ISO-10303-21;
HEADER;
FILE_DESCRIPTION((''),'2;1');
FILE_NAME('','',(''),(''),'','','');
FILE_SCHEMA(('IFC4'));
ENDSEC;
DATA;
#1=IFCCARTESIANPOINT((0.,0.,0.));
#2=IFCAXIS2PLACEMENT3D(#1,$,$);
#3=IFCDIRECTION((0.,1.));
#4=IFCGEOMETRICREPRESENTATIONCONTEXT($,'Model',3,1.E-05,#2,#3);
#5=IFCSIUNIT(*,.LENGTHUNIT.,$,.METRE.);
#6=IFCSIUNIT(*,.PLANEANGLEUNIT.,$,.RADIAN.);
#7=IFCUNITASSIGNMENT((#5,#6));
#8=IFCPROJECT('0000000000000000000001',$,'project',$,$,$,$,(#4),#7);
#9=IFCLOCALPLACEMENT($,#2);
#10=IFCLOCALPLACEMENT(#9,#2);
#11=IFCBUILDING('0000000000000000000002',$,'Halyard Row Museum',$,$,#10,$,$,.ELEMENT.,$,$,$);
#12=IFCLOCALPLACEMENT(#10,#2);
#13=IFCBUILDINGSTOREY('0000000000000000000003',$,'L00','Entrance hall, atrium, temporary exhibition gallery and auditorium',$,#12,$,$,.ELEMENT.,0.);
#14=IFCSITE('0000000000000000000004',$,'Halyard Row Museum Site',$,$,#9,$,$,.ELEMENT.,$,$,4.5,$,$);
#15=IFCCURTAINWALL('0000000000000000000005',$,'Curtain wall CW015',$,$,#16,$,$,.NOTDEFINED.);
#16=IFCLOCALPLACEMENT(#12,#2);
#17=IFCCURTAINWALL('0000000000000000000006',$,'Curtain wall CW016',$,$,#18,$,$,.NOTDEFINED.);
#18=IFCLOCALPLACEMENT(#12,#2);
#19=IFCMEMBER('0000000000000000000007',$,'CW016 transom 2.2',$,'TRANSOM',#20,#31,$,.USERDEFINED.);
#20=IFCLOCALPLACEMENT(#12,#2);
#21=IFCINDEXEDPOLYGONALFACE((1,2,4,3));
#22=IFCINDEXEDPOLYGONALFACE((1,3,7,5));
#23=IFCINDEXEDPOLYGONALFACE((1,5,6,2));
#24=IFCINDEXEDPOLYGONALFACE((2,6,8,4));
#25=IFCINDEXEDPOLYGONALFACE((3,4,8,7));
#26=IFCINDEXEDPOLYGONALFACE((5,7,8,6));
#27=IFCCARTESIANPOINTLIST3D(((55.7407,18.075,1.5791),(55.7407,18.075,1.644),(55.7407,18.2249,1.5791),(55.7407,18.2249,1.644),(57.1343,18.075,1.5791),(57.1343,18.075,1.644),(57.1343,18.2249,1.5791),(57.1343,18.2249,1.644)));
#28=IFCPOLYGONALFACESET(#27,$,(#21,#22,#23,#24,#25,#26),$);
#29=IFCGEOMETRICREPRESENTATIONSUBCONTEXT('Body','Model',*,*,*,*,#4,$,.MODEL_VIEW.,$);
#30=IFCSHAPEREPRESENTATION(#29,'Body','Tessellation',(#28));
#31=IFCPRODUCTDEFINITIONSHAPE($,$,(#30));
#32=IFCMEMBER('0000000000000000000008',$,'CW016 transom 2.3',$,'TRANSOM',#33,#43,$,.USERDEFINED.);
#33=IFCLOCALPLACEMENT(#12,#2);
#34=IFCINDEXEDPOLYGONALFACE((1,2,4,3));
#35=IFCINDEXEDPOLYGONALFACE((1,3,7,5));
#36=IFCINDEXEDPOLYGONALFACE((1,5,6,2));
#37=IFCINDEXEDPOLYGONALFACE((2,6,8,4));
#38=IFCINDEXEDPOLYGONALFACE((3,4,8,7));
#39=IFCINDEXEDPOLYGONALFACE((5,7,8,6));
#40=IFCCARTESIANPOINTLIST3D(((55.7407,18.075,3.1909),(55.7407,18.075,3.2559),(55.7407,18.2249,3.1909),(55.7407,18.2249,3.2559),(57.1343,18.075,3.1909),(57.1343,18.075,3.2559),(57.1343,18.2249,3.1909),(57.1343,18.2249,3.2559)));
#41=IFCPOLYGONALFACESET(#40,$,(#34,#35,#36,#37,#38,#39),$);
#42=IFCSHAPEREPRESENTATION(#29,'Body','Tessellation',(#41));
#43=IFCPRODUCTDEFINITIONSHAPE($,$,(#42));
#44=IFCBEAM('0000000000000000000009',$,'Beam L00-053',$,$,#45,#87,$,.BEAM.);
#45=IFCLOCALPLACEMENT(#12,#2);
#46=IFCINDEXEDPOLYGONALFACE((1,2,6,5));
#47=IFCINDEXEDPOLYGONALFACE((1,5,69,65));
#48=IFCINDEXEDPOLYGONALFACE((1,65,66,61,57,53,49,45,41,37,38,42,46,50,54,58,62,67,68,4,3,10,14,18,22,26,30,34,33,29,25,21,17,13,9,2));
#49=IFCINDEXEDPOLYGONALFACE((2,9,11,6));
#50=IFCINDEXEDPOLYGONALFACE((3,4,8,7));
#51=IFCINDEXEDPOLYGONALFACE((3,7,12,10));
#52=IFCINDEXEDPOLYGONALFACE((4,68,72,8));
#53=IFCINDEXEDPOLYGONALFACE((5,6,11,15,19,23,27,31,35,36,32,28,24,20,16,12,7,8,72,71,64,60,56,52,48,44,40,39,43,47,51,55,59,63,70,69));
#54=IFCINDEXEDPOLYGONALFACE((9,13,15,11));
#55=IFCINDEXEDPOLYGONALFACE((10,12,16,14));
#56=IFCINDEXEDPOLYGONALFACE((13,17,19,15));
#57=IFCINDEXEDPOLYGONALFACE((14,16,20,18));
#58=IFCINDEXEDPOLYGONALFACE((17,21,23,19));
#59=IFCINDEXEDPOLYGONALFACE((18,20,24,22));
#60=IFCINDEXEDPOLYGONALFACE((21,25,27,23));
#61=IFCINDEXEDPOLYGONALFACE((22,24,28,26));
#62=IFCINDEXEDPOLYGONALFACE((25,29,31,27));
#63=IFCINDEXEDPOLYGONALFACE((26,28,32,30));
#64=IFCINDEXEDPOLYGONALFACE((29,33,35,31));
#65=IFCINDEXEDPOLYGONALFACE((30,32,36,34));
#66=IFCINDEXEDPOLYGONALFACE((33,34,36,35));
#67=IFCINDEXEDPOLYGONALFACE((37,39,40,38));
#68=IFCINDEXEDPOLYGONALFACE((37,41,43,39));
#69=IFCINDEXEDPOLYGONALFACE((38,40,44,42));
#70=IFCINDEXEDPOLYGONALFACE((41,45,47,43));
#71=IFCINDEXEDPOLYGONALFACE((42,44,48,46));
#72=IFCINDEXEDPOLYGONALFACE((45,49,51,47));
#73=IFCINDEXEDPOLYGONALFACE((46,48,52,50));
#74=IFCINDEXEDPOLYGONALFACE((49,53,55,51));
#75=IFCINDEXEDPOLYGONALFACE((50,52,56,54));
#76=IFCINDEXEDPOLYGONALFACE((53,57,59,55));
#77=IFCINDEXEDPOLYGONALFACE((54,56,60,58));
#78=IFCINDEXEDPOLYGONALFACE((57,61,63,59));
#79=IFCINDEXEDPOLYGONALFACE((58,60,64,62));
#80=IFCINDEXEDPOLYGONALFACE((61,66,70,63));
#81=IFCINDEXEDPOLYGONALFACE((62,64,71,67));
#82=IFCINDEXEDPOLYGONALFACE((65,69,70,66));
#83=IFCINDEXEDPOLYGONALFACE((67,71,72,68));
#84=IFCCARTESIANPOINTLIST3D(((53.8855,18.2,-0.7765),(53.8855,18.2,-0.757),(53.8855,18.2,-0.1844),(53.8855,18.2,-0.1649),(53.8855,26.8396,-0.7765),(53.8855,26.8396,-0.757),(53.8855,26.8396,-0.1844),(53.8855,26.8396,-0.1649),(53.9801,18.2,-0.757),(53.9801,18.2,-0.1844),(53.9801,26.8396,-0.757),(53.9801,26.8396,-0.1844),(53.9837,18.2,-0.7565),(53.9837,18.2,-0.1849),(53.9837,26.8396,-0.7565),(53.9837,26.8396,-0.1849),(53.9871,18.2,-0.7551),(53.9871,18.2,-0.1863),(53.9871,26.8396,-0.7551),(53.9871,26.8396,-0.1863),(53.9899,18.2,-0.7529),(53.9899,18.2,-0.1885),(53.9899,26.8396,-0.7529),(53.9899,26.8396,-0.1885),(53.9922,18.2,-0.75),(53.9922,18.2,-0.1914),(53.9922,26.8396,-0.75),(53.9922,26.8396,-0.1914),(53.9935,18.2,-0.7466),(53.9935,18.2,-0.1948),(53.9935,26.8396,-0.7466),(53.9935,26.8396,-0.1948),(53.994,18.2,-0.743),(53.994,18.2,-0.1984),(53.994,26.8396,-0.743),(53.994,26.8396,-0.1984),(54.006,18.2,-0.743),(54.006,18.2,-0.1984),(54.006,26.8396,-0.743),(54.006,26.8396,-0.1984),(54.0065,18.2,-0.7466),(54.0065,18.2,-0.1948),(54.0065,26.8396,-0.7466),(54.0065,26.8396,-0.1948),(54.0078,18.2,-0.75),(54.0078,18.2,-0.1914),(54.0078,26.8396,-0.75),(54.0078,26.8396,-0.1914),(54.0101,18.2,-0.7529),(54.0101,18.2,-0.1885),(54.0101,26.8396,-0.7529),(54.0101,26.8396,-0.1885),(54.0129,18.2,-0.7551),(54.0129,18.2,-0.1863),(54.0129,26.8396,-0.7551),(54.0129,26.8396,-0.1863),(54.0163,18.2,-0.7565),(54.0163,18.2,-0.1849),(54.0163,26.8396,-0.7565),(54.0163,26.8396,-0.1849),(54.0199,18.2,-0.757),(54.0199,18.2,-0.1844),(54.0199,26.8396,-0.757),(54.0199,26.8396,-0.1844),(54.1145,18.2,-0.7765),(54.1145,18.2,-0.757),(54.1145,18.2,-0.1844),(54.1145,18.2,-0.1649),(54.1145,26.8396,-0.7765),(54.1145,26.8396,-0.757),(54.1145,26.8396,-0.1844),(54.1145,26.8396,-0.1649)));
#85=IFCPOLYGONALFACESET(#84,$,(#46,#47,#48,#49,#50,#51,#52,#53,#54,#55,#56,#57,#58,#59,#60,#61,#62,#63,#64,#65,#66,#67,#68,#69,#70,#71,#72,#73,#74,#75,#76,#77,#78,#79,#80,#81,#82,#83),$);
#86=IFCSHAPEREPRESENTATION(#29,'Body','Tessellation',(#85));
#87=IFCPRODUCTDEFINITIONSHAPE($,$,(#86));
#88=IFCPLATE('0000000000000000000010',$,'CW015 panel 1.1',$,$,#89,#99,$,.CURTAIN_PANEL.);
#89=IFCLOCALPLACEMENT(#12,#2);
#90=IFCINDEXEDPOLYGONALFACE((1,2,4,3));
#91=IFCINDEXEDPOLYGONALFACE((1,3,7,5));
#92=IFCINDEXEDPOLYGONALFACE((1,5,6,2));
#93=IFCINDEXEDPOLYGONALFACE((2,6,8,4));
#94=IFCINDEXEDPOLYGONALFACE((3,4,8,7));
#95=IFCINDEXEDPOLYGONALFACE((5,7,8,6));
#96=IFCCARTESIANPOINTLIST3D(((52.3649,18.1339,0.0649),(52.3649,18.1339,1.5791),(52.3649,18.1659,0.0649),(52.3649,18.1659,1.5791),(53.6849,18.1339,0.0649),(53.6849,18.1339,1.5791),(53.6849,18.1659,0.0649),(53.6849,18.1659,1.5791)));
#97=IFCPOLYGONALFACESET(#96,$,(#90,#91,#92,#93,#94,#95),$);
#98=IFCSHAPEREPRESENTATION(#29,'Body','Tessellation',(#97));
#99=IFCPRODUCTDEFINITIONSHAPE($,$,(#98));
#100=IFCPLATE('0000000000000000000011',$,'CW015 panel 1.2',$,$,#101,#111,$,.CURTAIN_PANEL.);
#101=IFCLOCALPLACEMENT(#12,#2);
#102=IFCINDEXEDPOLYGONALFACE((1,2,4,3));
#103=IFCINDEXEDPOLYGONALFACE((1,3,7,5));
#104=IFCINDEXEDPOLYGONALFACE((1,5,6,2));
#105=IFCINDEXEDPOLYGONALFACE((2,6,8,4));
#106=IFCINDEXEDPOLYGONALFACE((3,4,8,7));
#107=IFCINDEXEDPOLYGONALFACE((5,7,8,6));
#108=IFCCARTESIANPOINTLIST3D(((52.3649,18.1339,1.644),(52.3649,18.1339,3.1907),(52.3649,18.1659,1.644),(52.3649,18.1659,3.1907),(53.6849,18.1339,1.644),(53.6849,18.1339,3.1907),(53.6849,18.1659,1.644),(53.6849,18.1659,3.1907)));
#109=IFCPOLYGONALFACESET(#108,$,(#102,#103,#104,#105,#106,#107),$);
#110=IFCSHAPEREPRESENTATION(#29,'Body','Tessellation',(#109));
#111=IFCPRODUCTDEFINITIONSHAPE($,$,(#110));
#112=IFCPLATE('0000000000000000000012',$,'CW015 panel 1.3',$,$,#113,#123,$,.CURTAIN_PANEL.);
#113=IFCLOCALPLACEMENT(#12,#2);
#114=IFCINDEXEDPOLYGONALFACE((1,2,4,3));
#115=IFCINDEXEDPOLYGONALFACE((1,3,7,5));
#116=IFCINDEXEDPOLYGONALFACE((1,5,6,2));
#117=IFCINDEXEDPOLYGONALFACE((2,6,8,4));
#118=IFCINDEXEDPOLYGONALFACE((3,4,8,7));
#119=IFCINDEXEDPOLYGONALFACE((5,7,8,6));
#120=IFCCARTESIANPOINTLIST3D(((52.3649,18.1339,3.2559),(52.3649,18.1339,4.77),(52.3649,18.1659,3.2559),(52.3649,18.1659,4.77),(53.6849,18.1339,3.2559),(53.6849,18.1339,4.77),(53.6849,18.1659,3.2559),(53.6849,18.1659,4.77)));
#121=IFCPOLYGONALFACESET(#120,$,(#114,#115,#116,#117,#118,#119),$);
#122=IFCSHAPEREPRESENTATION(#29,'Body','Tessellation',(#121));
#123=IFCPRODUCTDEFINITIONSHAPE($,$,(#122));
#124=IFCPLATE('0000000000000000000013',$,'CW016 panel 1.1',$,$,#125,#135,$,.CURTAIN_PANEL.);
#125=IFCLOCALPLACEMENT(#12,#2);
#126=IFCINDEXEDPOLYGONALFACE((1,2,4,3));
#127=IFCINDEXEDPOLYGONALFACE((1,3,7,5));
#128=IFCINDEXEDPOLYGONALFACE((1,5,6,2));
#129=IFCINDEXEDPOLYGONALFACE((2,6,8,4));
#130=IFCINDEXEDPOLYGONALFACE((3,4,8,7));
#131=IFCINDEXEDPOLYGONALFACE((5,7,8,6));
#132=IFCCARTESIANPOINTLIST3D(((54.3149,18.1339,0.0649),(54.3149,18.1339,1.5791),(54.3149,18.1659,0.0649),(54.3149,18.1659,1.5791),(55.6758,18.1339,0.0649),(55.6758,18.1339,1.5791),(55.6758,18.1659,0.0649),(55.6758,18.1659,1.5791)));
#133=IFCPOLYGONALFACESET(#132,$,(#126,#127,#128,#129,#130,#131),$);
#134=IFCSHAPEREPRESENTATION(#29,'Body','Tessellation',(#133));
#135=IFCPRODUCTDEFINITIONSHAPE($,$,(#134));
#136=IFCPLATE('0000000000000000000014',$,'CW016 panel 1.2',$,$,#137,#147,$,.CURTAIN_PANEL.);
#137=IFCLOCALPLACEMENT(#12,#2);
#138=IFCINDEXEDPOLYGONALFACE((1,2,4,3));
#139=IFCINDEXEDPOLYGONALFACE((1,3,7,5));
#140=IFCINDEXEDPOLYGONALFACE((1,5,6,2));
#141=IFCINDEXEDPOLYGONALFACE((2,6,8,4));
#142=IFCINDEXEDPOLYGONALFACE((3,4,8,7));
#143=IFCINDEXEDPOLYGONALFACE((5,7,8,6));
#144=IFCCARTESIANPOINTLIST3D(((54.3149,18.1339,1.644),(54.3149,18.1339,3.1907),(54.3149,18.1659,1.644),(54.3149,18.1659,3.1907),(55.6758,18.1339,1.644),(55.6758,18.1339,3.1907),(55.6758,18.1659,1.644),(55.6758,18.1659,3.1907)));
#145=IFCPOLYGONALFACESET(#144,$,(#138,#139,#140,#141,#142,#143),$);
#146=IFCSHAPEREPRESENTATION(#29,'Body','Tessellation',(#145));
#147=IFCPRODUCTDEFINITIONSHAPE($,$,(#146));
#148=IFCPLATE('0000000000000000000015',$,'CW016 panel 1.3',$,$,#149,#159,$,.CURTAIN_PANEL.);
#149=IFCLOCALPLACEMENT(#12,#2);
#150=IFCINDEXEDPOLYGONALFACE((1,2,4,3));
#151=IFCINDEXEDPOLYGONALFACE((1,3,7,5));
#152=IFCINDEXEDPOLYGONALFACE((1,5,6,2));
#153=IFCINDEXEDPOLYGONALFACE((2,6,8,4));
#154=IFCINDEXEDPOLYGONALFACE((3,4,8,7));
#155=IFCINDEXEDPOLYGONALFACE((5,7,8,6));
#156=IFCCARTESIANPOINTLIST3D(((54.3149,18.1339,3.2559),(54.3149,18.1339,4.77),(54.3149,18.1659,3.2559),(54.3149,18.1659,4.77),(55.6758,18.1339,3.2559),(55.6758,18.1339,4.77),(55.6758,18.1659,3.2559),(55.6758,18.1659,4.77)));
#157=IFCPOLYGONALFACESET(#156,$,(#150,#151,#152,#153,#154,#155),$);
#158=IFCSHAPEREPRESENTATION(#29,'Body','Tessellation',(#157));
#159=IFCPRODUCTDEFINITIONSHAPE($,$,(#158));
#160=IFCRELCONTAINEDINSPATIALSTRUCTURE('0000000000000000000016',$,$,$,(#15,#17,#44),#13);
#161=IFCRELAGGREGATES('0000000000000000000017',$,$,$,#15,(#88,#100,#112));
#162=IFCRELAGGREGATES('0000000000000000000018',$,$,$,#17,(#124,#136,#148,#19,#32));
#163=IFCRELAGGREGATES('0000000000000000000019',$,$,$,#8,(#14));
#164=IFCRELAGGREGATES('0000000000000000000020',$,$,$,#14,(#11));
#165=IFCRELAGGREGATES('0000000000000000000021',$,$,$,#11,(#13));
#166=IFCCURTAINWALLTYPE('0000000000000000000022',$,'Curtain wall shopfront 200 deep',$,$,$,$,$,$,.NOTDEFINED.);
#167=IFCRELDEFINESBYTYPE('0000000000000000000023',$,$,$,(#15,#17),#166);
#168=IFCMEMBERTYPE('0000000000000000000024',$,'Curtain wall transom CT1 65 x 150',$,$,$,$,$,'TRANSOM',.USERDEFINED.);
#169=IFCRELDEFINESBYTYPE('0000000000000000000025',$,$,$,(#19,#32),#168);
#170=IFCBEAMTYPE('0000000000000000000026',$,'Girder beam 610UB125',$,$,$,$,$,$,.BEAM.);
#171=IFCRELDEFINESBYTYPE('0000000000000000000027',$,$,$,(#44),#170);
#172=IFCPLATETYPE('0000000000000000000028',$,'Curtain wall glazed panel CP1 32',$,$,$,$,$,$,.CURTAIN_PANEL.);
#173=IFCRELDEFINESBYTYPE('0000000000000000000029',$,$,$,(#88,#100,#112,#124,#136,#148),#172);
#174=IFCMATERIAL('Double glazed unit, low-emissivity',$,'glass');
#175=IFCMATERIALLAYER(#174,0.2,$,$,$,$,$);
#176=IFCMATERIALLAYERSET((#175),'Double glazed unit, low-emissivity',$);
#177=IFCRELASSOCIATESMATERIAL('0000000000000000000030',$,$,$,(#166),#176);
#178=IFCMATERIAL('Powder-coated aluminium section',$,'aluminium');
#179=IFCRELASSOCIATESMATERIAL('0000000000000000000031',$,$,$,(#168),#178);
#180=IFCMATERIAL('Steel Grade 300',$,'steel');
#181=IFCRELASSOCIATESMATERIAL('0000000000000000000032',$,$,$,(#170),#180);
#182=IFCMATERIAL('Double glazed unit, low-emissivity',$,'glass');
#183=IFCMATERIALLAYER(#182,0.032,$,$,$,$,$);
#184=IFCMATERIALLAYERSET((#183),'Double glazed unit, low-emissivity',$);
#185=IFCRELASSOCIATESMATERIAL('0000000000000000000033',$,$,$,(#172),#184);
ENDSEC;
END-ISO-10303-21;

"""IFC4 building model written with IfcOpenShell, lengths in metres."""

from ifc_helpers import new_model, si_unit, direction, frame, origin, origin_2d, place, context, subcontext, project, spatial, rectangle, i_section, extrude, material, layer, layer_set, material_profile, profile_set, type_object, element, aggregate, save


model = new_model("IFC4")

# Units and contexts
model_context = context("Model", 3, precision=1e-05, world=origin(), true_north=direction((0.0, 1.0)))
body_context = subcontext(model_context, "Body", "Model", "MODEL_VIEW")
ifc_project = project(units=[si_unit("LENGTHUNIT", "METRE"), si_unit("PLANEANGLEUNIT", "RADIAN")], contexts=[model_context])

# Site, building, storey
site_placement = place(None, origin())
site = spatial("IfcSite", under=ifc_project, at=site_placement, Name="Halyard Row Museum Site", CompositionType="ELEMENT", RefElevation=4.5)
building_placement = place(site_placement, origin())
building = spatial("IfcBuilding", under=site, at=building_placement, Name="Halyard Row Museum", CompositionType="ELEMENT")
storey_placement = place(building_placement, origin())
storey = spatial("IfcBuildingStorey", under=building, at=storey_placement, Name="L00", Description="Entrance hall, atrium, temporary exhibition gallery and auditorium", CompositionType="ELEMENT", Elevation=0.0)

# Curtain walls
ifc_material_1 = material(Name="Double glazed unit, low-emissivity", Category="glass")
ifc_layer_1 = layer(ifc_material_1, 0.2)
ifc_layer_set_1 = layer_set([ifc_layer_1], Name="Double glazed unit, low-emissivity")
curtain_wall_type = type_object("IfcCurtainWallType", Name="Curtain wall shopfront 200 deep", PredefinedType="NOTDEFINED", material=ifc_layer_set_1)
curtain_wall_1_placement = place(storey_placement, origin())
curtain_wall_1 = element("IfcCurtainWall", 1, at=curtain_wall_1_placement, inside=storey, type_object=curtain_wall_type, Name="Curtain wall CW015", PredefinedType="NOTDEFINED")
curtain_wall_2_placement = place(storey_placement, origin())
curtain_wall_2 = element("IfcCurtainWall", 2, at=curtain_wall_2_placement, inside=storey, type_object=curtain_wall_type, Name="Curtain wall CW016", PredefinedType="NOTDEFINED")

# Members
ifc_material_2 = material(Name="Powder-coated aluminium section", Category="aluminium")
ifc_material_profile_1 = material_profile(ifc_material_2, rectangle(XDim=0.1499, YDim=0.0649, at=origin_2d()), Name="150x65 transom")
ifc_profile_set_1 = profile_set([ifc_material_profile_1], Name="Powder-coated aluminium section")
member_type_1 = type_object("IfcMemberType", Name="Curtain wall transom CT1 65 x 150", ElementType="TRANSOM", PredefinedType="USERDEFINED", material=ifc_profile_set_1)
member_1_placement = place(storey_placement, frame((55.7407, 18.1499, 1.6116), z_axis=(1.0, 0.0, 0.0), x_axis=(0.0, 1.0, 0.0)))
member_1 = element("IfcMember", 3, at=member_1_placement, type_object=member_type_1, Name="CW016 transom 2.2", ObjectType="TRANSOM", PredefinedType="USERDEFINED", context=body_context, shape_type="SweptSolid", body=[
    extrude(rectangle(XDim=0.1499, YDim=0.0649, at=origin_2d()), origin(), (0.0, 0.0, 1.0), 1.3936),
])
member_2_placement = place(storey_placement, frame((55.7407, 18.1499, 3.2234), z_axis=(1.0, 0.0, 0.0), x_axis=(0.0, 1.0, 0.0)))
member_2 = element("IfcMember", 4, at=member_2_placement, type_object=member_type_1, Name="CW016 transom 2.3", ObjectType="TRANSOM", PredefinedType="USERDEFINED", context=body_context, shape_type="SweptSolid", body=[
    extrude(rectangle(XDim=0.1499, YDim=0.0649, at=origin_2d()), origin(), (0.0, 0.0, 1.0), 1.3936),
])

# Beam
ifc_material_3 = material(Name="Steel Grade 300", Category="steel")
ifc_material_profile_2 = material_profile(ifc_material_3, i_section(OverallWidth=0.229, OverallDepth=0.6116, WebThickness=0.012, FlangeThickness=0.0195, FilletRadius=0.0139, at=origin_2d()), Name="610UB125")
ifc_profile_set_2 = profile_set([ifc_material_profile_2], Name="Steel Grade 300")
beam_type = type_object("IfcBeamType", Name="Girder beam 610UB125", PredefinedType="BEAM", material=ifc_profile_set_2)
beam_placement = place(storey_placement, frame((54.0, 18.2, -0.4707), z_axis=(0.0, 1.0, 0.0), x_axis=(-1.0, 0.0, 0.0)))
element("IfcBeam", 5, at=beam_placement, inside=storey, type_object=beam_type, Name="Beam L00-053", PredefinedType="BEAM", context=body_context, shape_type="SweptSolid", body=[
    extrude(i_section(OverallWidth=0.229, OverallDepth=0.6116, WebThickness=0.012, FlangeThickness=0.0195, FilletRadius=0.0139, at=origin_2d()), origin(), (0.0, 0.0, 1.0), 8.6396),
])

# Plates
ifc_material_4 = material(Name="Double glazed unit, low-emissivity", Category="glass")
ifc_layer_2 = layer(ifc_material_4, 0.032)
ifc_layer_set_2 = layer_set([ifc_layer_2], Name="Double glazed unit, low-emissivity")
plate_type = type_object("IfcPlateType", Name="Curtain wall glazed panel CP1 32", PredefinedType="CURTAIN_PANEL", material=ifc_layer_set_2)
plate_1_placement = place(storey_placement, frame((53.0249, 18.1499, 0.0649), z_axis=(0.0, 0.0, 1.0), x_axis=(1.0, 0.0, 0.0)))
plate_1 = element("IfcPlate", 6, at=plate_1_placement, type_object=plate_type, Name="CW015 panel 1.1", PredefinedType="CURTAIN_PANEL", context=body_context, shape_type="SweptSolid", body=[
    extrude(rectangle(XDim=1.3201, YDim=0.032, at=origin_2d()), origin(), (0.0, 0.0, 1.0), 1.5142),
])
plate_2_placement = place(storey_placement, frame((53.0249, 18.1499, 1.644), z_axis=(0.0, 0.0, 1.0), x_axis=(1.0, 0.0, 0.0)))
plate_2 = element("IfcPlate", 7, at=plate_2_placement, type_object=plate_type, Name="CW015 panel 1.2", PredefinedType="CURTAIN_PANEL", context=body_context, shape_type="SweptSolid", body=[
    extrude(rectangle(XDim=1.3201, YDim=0.032, at=origin_2d()), origin(), (0.0, 0.0, 1.0), 1.5466),
])
plate_3_placement = place(storey_placement, frame((53.0249, 18.1499, 3.2559), z_axis=(0.0, 0.0, 1.0), x_axis=(1.0, 0.0, 0.0)))
plate_3 = element("IfcPlate", 8, at=plate_3_placement, type_object=plate_type, Name="CW015 panel 1.3", PredefinedType="CURTAIN_PANEL", context=body_context, shape_type="SweptSolid", body=[
    extrude(rectangle(XDim=1.3201, YDim=0.032, at=origin_2d()), origin(), (0.0, 0.0, 1.0), 1.5142),
])
aggregate(curtain_wall_1, [plate_1, plate_2, plate_3])
plate_4_placement = place(storey_placement, frame((54.9954, 18.1499, 0.0649), z_axis=(0.0, 0.0, 1.0), x_axis=(1.0, 0.0, 0.0)))
plate_4 = element("IfcPlate", 9, at=plate_4_placement, type_object=plate_type, Name="CW016 panel 1.1", PredefinedType="CURTAIN_PANEL", context=body_context, shape_type="SweptSolid", body=[
    extrude(rectangle(XDim=1.3608, YDim=0.032, at=origin_2d()), origin(), (0.0, 0.0, 1.0), 1.5142),
])
plate_5_placement = place(storey_placement, frame((54.9954, 18.1499, 1.644), z_axis=(0.0, 0.0, 1.0), x_axis=(1.0, 0.0, 0.0)))
plate_5 = element("IfcPlate", 10, at=plate_5_placement, type_object=plate_type, Name="CW016 panel 1.2", PredefinedType="CURTAIN_PANEL", context=body_context, shape_type="SweptSolid", body=[
    extrude(rectangle(XDim=1.3608, YDim=0.032, at=origin_2d()), origin(), (0.0, 0.0, 1.0), 1.5466),
])
plate_6_placement = place(storey_placement, frame((54.9954, 18.1499, 3.2559), z_axis=(0.0, 0.0, 1.0), x_axis=(1.0, 0.0, 0.0)))
plate_6 = element("IfcPlate", 11, at=plate_6_placement, type_object=plate_type, Name="CW016 panel 1.3", PredefinedType="CURTAIN_PANEL", context=body_context, shape_type="SweptSolid", body=[
    extrude(rectangle(XDim=1.3608, YDim=0.032, at=origin_2d()), origin(), (0.0, 0.0, 1.0), 1.5142),
])
aggregate(curtain_wall_2, [plate_4, plate_5, plate_6, member_1, member_2])

save(model, "model.ifc")
